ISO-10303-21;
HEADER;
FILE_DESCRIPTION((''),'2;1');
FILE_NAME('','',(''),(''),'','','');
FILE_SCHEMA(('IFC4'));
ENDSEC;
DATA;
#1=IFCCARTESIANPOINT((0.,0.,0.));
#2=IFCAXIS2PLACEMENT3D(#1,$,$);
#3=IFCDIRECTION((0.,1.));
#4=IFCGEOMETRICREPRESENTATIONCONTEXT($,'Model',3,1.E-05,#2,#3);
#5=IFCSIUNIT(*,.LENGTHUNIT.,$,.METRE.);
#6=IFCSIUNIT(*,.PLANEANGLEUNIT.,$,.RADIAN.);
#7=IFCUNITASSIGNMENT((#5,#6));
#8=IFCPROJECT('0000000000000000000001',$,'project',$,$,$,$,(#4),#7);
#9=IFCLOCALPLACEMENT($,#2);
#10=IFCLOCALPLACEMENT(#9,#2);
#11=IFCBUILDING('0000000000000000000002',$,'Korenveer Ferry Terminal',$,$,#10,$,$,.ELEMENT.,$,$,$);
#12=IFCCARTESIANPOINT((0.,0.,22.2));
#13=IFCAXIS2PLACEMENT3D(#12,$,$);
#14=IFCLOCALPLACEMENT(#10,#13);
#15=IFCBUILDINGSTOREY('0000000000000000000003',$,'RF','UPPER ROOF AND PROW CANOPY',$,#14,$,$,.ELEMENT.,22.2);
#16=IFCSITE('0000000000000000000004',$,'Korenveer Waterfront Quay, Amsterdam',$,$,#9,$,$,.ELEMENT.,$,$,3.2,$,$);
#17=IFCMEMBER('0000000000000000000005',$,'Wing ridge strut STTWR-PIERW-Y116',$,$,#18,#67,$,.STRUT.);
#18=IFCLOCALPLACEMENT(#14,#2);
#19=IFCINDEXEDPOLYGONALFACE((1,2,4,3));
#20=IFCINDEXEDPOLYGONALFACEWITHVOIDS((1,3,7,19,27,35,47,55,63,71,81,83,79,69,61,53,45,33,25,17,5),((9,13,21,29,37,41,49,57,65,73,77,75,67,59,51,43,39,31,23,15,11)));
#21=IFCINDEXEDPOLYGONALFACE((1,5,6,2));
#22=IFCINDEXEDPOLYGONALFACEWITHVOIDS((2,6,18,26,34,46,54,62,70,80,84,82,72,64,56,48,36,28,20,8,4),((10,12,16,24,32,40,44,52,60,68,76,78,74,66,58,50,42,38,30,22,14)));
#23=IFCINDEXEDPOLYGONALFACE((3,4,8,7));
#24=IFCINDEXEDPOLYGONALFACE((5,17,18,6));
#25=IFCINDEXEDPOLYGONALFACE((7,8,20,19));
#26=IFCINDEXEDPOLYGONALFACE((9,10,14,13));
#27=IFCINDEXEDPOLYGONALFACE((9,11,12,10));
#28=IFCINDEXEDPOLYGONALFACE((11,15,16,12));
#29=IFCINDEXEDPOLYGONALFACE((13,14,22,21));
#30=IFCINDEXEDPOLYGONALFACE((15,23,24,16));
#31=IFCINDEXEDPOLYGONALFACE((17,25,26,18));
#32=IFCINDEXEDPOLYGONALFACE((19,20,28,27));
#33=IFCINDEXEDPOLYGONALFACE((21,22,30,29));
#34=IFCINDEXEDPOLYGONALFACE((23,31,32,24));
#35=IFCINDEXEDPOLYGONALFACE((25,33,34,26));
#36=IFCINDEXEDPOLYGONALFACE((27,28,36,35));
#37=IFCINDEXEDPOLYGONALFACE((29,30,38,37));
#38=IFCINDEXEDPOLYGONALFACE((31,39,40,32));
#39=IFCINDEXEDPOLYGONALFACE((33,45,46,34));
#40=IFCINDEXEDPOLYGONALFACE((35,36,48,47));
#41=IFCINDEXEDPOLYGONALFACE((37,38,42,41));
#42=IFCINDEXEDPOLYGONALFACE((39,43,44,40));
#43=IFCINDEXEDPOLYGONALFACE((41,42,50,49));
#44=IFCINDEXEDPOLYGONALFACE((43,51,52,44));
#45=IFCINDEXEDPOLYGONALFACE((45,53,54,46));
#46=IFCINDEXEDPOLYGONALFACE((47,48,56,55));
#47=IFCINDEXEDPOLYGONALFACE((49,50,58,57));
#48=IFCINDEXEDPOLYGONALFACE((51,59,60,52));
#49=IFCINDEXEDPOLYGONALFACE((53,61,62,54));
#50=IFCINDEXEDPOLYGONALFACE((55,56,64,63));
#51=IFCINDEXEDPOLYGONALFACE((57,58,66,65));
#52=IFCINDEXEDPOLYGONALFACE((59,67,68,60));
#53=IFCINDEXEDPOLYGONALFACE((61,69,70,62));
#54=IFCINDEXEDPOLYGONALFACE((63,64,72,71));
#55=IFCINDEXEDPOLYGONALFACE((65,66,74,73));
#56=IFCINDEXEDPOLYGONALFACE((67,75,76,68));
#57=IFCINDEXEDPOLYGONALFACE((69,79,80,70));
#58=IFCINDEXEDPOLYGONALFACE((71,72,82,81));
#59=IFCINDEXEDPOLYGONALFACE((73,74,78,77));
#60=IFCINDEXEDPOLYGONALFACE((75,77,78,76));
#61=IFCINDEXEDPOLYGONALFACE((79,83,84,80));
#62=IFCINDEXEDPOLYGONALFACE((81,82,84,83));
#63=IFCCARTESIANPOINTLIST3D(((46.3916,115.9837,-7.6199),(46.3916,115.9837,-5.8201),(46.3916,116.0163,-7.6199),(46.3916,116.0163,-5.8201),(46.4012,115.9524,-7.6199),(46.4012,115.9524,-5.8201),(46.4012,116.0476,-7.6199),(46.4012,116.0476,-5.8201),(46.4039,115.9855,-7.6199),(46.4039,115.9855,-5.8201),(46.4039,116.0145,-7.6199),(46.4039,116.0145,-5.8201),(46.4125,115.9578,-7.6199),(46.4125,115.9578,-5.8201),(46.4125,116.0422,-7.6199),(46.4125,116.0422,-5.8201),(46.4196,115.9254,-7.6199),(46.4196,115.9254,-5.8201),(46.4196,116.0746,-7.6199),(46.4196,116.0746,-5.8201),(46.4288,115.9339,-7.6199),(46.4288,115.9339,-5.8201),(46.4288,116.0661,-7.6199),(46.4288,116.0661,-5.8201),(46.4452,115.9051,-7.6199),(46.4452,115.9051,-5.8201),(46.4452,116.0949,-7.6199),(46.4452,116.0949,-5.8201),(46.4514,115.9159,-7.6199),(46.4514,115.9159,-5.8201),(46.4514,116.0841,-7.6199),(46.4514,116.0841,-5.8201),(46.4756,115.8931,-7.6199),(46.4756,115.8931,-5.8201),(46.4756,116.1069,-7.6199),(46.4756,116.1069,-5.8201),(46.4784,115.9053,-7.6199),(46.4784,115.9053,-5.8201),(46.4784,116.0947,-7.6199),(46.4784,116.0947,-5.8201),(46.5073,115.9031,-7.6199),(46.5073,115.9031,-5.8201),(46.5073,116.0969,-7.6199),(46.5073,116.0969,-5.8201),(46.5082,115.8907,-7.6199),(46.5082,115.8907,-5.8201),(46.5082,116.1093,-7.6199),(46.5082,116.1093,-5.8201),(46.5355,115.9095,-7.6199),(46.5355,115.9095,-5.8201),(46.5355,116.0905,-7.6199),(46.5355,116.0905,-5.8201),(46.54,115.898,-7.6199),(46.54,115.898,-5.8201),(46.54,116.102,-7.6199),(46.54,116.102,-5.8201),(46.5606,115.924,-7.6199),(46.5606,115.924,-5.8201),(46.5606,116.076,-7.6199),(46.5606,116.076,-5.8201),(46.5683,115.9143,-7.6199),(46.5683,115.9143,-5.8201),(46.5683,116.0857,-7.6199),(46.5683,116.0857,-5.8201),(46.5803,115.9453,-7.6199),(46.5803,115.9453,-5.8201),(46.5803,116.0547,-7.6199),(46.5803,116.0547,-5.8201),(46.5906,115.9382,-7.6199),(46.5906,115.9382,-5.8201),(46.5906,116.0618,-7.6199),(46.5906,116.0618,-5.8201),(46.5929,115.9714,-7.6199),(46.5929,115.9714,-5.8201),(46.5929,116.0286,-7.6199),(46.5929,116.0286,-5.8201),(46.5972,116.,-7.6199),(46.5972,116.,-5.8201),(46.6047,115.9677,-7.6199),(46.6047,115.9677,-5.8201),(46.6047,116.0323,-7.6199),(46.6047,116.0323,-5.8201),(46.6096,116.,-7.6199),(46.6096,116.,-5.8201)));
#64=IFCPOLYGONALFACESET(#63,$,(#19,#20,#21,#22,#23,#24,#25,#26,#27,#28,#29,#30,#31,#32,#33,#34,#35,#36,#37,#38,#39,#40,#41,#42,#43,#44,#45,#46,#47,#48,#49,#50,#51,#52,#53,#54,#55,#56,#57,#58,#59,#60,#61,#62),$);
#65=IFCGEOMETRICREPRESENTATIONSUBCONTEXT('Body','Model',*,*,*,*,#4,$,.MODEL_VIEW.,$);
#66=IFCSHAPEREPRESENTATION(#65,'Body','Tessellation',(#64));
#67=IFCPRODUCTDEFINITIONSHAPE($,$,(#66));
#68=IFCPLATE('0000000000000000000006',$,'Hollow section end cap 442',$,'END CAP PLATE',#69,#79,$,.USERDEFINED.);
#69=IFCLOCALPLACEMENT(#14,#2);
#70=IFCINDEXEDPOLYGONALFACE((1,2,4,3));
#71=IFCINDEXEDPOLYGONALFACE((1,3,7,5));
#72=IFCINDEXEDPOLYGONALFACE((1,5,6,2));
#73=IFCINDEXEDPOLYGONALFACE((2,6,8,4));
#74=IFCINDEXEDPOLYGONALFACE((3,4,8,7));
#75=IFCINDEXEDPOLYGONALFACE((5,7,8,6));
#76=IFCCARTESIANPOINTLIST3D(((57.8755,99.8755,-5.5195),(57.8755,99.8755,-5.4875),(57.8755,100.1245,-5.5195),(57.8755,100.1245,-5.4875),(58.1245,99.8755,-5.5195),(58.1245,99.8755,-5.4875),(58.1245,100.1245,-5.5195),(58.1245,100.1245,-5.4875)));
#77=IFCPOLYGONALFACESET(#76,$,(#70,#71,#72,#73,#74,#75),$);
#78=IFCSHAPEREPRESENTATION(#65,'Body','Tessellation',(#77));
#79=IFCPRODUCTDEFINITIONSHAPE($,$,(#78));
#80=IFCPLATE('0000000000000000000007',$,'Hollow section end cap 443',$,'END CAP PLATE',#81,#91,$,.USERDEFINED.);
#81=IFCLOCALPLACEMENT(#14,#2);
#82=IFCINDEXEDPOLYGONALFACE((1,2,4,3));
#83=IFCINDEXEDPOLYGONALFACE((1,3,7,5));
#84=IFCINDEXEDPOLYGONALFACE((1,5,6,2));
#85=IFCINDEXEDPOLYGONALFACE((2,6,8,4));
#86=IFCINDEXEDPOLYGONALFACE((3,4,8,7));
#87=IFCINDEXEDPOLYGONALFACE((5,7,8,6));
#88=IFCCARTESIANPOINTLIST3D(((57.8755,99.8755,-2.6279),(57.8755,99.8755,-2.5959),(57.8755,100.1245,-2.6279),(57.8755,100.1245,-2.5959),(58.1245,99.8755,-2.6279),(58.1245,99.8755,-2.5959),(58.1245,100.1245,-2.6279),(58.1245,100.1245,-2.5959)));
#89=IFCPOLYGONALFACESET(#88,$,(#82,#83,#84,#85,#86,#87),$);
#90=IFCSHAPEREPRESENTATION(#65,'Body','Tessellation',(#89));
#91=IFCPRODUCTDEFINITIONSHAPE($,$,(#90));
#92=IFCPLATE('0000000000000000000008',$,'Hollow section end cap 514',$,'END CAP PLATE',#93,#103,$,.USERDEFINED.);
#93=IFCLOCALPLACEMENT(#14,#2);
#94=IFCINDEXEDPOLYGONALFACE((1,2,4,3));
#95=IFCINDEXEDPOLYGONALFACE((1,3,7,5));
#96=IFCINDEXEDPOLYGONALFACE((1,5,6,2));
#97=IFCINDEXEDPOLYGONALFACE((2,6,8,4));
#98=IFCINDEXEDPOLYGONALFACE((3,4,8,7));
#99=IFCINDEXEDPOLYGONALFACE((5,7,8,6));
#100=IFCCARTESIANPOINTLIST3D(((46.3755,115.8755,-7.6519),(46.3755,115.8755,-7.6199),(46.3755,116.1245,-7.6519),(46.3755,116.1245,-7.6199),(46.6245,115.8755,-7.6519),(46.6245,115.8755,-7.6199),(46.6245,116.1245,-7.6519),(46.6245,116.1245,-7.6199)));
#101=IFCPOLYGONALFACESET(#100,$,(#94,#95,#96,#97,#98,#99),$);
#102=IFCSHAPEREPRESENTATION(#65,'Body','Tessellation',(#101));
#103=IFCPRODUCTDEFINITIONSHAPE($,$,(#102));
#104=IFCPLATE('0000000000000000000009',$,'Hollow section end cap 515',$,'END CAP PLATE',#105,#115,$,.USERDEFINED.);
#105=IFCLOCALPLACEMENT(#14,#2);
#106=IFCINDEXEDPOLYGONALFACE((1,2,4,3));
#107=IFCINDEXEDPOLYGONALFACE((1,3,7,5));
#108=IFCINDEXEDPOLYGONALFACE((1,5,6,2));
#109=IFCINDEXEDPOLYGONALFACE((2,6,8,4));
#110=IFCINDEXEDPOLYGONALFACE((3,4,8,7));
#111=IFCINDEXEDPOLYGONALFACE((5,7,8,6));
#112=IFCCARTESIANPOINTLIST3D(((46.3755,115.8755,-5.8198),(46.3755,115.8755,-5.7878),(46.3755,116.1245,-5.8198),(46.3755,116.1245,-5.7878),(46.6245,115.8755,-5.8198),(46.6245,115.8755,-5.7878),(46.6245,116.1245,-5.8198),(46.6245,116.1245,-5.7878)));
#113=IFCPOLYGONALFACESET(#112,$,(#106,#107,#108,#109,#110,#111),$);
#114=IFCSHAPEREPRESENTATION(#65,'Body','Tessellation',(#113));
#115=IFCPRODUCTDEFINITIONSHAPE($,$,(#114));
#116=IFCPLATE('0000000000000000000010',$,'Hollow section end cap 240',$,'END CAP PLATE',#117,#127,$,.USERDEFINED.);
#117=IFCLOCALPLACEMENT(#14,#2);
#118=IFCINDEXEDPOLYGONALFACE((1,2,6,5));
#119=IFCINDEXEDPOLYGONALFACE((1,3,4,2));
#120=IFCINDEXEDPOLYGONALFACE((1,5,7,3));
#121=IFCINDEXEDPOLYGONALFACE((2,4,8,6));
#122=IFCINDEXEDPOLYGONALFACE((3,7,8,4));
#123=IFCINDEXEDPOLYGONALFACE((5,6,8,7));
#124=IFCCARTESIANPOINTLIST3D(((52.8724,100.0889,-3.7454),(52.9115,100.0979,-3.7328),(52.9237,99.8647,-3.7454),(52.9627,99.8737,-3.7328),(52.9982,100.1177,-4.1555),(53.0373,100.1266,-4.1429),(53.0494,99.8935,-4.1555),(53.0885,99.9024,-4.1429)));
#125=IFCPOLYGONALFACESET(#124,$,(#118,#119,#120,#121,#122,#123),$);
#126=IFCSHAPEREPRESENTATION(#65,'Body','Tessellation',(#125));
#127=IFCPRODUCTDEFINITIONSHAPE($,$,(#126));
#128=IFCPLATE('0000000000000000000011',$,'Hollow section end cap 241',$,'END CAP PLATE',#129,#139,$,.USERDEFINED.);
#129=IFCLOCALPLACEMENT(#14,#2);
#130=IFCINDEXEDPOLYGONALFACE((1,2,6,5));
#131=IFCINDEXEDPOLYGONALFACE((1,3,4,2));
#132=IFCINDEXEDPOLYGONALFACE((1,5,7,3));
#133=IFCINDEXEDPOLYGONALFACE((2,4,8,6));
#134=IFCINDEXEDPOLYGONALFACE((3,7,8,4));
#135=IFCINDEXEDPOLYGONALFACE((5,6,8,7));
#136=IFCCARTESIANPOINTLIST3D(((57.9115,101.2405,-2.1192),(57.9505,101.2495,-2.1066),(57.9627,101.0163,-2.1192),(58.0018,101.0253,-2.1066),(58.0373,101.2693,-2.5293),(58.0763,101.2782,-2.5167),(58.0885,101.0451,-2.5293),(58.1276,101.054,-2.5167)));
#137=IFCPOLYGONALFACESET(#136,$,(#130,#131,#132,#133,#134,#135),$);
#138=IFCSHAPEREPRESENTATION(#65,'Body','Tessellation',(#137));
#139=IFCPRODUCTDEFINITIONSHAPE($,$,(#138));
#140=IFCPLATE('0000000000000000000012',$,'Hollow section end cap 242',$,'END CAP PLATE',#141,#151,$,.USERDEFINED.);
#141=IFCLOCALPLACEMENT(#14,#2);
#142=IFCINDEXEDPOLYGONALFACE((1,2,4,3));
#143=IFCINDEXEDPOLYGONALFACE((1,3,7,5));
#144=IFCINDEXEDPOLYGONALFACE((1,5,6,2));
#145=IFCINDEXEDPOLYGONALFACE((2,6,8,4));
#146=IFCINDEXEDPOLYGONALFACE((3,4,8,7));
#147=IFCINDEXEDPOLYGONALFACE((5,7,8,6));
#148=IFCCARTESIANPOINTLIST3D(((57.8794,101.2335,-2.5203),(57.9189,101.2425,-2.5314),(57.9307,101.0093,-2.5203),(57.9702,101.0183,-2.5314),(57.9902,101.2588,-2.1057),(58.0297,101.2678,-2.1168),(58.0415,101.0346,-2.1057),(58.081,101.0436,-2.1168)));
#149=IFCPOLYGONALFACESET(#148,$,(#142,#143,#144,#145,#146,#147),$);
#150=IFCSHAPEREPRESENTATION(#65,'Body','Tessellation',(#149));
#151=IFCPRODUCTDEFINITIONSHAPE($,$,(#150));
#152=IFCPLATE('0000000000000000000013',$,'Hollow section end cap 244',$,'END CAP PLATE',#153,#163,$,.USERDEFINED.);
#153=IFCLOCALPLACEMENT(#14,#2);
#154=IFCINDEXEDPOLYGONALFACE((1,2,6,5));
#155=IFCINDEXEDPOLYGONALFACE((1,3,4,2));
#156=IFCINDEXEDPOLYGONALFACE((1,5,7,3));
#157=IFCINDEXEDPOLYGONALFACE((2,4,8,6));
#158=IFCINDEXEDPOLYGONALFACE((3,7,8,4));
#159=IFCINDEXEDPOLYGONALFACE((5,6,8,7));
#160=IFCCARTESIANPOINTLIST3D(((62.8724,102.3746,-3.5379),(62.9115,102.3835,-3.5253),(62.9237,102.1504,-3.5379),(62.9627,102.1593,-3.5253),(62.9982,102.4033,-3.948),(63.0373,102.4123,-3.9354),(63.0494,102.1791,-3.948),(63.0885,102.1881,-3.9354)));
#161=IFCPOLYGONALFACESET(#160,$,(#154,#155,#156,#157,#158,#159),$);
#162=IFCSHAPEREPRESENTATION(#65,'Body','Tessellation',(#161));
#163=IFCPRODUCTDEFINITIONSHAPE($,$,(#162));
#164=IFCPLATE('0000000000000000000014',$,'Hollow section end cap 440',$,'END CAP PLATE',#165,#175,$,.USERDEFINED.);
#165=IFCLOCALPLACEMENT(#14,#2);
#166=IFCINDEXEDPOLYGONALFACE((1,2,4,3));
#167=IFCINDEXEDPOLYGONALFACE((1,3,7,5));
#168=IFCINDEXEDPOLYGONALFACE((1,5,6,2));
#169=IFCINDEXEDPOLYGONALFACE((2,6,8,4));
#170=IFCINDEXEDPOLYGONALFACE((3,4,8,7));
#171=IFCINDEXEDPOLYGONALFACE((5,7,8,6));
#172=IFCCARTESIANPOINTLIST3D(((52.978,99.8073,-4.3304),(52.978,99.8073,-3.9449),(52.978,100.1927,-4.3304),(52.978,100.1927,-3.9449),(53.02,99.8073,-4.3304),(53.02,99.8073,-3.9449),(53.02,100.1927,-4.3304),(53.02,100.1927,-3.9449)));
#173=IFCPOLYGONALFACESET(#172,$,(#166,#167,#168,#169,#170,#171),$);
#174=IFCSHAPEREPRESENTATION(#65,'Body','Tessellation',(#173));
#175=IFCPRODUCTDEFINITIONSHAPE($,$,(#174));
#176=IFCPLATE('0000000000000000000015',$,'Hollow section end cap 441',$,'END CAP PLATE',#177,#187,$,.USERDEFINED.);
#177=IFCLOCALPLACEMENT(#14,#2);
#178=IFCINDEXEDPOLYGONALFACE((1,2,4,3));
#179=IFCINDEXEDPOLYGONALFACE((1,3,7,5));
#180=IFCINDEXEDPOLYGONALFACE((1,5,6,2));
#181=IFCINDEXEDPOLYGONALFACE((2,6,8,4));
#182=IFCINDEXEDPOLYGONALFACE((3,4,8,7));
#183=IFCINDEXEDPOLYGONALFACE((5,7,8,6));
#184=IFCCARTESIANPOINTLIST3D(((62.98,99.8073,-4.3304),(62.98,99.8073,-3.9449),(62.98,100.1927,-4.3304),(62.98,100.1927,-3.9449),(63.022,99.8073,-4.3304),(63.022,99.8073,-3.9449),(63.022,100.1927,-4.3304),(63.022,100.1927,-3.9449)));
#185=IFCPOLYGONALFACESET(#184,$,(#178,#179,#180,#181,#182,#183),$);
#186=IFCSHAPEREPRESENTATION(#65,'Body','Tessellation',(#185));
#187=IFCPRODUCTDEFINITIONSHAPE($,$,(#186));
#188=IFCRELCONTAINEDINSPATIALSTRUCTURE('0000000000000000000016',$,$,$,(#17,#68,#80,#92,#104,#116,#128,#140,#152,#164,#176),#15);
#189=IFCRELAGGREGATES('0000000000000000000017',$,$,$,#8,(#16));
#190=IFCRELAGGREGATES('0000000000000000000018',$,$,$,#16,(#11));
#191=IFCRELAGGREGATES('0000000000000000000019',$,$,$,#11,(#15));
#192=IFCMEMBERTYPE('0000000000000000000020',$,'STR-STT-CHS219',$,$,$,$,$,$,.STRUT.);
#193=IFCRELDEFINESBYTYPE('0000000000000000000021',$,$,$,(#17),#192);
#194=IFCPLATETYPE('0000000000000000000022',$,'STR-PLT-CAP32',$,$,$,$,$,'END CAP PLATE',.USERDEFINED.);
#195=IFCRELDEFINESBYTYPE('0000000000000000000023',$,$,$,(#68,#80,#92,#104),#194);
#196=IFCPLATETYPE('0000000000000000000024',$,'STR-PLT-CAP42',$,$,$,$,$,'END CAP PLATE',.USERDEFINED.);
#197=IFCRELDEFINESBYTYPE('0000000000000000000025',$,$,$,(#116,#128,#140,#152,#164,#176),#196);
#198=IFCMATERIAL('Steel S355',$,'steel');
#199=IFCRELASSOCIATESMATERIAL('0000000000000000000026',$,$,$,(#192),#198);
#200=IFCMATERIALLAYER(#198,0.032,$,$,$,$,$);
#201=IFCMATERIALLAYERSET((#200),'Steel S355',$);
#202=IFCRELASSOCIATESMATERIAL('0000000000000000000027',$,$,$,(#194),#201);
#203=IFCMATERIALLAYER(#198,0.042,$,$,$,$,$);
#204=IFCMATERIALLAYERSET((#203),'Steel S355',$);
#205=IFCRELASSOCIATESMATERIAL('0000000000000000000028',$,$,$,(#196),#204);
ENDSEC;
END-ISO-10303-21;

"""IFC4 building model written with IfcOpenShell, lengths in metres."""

from ifc_helpers import new_model, si_unit, direction, frame, origin, origin_2d, place, context, subcontext, project, spatial, rectangle, hollow_circle, extrude, material, layer, layer_set, material_profile, profile_set, type_object, element, save


model = new_model("IFC4")

# Units and contexts
model_context = context("Model", 3, precision=1e-05, world=origin(), true_north=direction((0.0, 1.0)))
body_context = subcontext(model_context, "Body", "Model", "MODEL_VIEW")
ifc_project = project(units=[si_unit("LENGTHUNIT", "METRE"), si_unit("PLANEANGLEUNIT", "RADIAN")], contexts=[model_context])

# Site, building, storey
site_placement = place(None, origin())
site = spatial("IfcSite", under=ifc_project, at=site_placement, Name="Korenveer Waterfront Quay, Amsterdam", CompositionType="ELEMENT", RefElevation=3.2)
building_placement = place(site_placement, origin())
building = spatial("IfcBuilding", under=site, at=building_placement, Name="Korenveer Ferry Terminal", CompositionType="ELEMENT")
storey_placement = place(building_placement, frame((0.0, 0.0, 22.2)))
storey = spatial("IfcBuildingStorey", under=building, at=storey_placement, Name="RF", Description="UPPER ROOF AND PROW CANOPY", CompositionType="ELEMENT", Elevation=22.2)

# Shared definitions
ifc_material_1 = material(Name="Steel S355", Category="steel")

# Member
ifc_material_profile_1 = material_profile(ifc_material_1, hollow_circle(Radius=0.1096, WallThickness=0.0125, at=origin_2d()), Name="CHS 219.1x12.5")
ifc_profile_set_1 = profile_set([ifc_material_profile_1], Name="Steel S355")
member_type_1 = type_object("IfcMemberType", Name="STR-STT-CHS219", PredefinedType="STRUT", material=ifc_profile_set_1)
member_1_placement = place(storey_placement, frame((46.5, 116.0, -7.6199), z_axis=(0.0, 0.0, 1.0), x_axis=(1.0, 0.0, 0.0)))
element("IfcMember", 1, at=member_1_placement, inside=storey, type_object=member_type_1, Name="Wing ridge strut STTWR-PIERW-Y116", PredefinedType="STRUT", context=body_context, shape_type="SweptSolid", body=[
    extrude(hollow_circle(Radius=0.1096, WallThickness=0.0125, at=origin_2d()), origin(), (0.0, 0.0, 1.0), 1.7998),
])

# Plates
ifc_layer_1 = layer(ifc_material_1, 0.032)
ifc_layer_set_1 = layer_set([ifc_layer_1], Name="Steel S355")
plate_type_1 = type_object("IfcPlateType", Name="STR-PLT-CAP32", ElementType="END CAP PLATE", PredefinedType="USERDEFINED", material=ifc_layer_set_1)
for number, where, z_axis, x_axis, name in (
    (2, (58.0, 100.0, -5.5195), (0.0, 0.0, 1.0), (1.0, 0.0, 0.0), "Hollow section end cap 442"),
    (3, (58.0, 100.0, -2.6279), (0.0, 0.0, 1.0), (1.0, 0.0, 0.0), "Hollow section end cap 443"),
    (4, (46.5, 116.0, -7.6519), (0.0, 0.0, 1.0), (1.0, 0.0, 0.0), "Hollow section end cap 514"),
    (5, (46.5, 116.0, -5.8198), (0.0, 0.0, 1.0), (1.0, 0.0, 0.0), "Hollow section end cap 515"),
):
    element("IfcPlate", number, at=place(storey_placement, frame(where, z_axis=z_axis, x_axis=x_axis)), inside=storey, type_object=plate_type_1, Name=name, ObjectType="END CAP PLATE", PredefinedType="USERDEFINED", context=body_context, shape_type="SweptSolid", body=[
        extrude(rectangle(XDim=0.249, YDim=0.249, at=origin_2d()), origin(), (0.0, 0.0, 1.0), 0.032),
    ])
ifc_layer_2 = layer(ifc_material_1, 0.042)
ifc_layer_set_2 = layer_set([ifc_layer_2], Name="Steel S355")
plate_type_2 = type_object("IfcPlateType", Name="STR-PLT-CAP42", ElementType="END CAP PLATE", PredefinedType="USERDEFINED", material=ifc_layer_set_2)
for number, where, z_axis, x_axis, name in (
    (6, (52.9609, 99.9912, -3.9504), (0.92993, 0.212555, 0.300085), (-0.222825, 0.974859, 0.0), "Hollow section end cap 240"),
    (7, (58.0, 101.1428, -2.3242), (0.92993, 0.212555, 0.300085), (-0.222825, 0.974859, 0.0), "Hollow section end cap 241"),
    (8, (57.9604, 101.134, -2.313), (0.940175, 0.214897, -0.264366), (-0.222825, 0.974859, 0.0), "Hollow section end cap 242"),
    (9, (62.9609, 102.2769, -3.7429), (0.92993, 0.212555, 0.300085), (-0.222825, 0.974859, 0.0), "Hollow section end cap 244"),
):
    element("IfcPlate", number, at=place(storey_placement, frame(where, z_axis=z_axis, x_axis=x_axis)), inside=storey, type_object=plate_type_2, Name=name, ObjectType="END CAP PLATE", PredefinedType="USERDEFINED", context=body_context, shape_type="SweptSolid", body=[
        extrude(rectangle(XDim=0.23, YDim=0.4299, at=origin_2d()), origin(), (0.0, 0.0, 1.0), 0.042),
    ])
for number, where, z_axis, x_axis, name in (
    (10, (52.978, 100.0, -4.1377), (1.0, 0.0, 0.0), (0.0, 1.0, 0.0), "Hollow section end cap 440"),
    (11, (62.98, 100.0, -4.1377), (1.0, 0.0, 0.0), (0.0, 1.0, 0.0), "Hollow section end cap 441"),
):
    element("IfcPlate", number, at=place(storey_placement, frame(where, z_axis=z_axis, x_axis=x_axis)), inside=storey, type_object=plate_type_2, Name=name, ObjectType="END CAP PLATE", PredefinedType="USERDEFINED", context=body_context, shape_type="SweptSolid", body=[
        extrude(rectangle(XDim=0.3855, YDim=0.3855, at=origin_2d()), origin(), (0.0, 0.0, 1.0), 0.042),
    ])

save(model, "model.ifc")
